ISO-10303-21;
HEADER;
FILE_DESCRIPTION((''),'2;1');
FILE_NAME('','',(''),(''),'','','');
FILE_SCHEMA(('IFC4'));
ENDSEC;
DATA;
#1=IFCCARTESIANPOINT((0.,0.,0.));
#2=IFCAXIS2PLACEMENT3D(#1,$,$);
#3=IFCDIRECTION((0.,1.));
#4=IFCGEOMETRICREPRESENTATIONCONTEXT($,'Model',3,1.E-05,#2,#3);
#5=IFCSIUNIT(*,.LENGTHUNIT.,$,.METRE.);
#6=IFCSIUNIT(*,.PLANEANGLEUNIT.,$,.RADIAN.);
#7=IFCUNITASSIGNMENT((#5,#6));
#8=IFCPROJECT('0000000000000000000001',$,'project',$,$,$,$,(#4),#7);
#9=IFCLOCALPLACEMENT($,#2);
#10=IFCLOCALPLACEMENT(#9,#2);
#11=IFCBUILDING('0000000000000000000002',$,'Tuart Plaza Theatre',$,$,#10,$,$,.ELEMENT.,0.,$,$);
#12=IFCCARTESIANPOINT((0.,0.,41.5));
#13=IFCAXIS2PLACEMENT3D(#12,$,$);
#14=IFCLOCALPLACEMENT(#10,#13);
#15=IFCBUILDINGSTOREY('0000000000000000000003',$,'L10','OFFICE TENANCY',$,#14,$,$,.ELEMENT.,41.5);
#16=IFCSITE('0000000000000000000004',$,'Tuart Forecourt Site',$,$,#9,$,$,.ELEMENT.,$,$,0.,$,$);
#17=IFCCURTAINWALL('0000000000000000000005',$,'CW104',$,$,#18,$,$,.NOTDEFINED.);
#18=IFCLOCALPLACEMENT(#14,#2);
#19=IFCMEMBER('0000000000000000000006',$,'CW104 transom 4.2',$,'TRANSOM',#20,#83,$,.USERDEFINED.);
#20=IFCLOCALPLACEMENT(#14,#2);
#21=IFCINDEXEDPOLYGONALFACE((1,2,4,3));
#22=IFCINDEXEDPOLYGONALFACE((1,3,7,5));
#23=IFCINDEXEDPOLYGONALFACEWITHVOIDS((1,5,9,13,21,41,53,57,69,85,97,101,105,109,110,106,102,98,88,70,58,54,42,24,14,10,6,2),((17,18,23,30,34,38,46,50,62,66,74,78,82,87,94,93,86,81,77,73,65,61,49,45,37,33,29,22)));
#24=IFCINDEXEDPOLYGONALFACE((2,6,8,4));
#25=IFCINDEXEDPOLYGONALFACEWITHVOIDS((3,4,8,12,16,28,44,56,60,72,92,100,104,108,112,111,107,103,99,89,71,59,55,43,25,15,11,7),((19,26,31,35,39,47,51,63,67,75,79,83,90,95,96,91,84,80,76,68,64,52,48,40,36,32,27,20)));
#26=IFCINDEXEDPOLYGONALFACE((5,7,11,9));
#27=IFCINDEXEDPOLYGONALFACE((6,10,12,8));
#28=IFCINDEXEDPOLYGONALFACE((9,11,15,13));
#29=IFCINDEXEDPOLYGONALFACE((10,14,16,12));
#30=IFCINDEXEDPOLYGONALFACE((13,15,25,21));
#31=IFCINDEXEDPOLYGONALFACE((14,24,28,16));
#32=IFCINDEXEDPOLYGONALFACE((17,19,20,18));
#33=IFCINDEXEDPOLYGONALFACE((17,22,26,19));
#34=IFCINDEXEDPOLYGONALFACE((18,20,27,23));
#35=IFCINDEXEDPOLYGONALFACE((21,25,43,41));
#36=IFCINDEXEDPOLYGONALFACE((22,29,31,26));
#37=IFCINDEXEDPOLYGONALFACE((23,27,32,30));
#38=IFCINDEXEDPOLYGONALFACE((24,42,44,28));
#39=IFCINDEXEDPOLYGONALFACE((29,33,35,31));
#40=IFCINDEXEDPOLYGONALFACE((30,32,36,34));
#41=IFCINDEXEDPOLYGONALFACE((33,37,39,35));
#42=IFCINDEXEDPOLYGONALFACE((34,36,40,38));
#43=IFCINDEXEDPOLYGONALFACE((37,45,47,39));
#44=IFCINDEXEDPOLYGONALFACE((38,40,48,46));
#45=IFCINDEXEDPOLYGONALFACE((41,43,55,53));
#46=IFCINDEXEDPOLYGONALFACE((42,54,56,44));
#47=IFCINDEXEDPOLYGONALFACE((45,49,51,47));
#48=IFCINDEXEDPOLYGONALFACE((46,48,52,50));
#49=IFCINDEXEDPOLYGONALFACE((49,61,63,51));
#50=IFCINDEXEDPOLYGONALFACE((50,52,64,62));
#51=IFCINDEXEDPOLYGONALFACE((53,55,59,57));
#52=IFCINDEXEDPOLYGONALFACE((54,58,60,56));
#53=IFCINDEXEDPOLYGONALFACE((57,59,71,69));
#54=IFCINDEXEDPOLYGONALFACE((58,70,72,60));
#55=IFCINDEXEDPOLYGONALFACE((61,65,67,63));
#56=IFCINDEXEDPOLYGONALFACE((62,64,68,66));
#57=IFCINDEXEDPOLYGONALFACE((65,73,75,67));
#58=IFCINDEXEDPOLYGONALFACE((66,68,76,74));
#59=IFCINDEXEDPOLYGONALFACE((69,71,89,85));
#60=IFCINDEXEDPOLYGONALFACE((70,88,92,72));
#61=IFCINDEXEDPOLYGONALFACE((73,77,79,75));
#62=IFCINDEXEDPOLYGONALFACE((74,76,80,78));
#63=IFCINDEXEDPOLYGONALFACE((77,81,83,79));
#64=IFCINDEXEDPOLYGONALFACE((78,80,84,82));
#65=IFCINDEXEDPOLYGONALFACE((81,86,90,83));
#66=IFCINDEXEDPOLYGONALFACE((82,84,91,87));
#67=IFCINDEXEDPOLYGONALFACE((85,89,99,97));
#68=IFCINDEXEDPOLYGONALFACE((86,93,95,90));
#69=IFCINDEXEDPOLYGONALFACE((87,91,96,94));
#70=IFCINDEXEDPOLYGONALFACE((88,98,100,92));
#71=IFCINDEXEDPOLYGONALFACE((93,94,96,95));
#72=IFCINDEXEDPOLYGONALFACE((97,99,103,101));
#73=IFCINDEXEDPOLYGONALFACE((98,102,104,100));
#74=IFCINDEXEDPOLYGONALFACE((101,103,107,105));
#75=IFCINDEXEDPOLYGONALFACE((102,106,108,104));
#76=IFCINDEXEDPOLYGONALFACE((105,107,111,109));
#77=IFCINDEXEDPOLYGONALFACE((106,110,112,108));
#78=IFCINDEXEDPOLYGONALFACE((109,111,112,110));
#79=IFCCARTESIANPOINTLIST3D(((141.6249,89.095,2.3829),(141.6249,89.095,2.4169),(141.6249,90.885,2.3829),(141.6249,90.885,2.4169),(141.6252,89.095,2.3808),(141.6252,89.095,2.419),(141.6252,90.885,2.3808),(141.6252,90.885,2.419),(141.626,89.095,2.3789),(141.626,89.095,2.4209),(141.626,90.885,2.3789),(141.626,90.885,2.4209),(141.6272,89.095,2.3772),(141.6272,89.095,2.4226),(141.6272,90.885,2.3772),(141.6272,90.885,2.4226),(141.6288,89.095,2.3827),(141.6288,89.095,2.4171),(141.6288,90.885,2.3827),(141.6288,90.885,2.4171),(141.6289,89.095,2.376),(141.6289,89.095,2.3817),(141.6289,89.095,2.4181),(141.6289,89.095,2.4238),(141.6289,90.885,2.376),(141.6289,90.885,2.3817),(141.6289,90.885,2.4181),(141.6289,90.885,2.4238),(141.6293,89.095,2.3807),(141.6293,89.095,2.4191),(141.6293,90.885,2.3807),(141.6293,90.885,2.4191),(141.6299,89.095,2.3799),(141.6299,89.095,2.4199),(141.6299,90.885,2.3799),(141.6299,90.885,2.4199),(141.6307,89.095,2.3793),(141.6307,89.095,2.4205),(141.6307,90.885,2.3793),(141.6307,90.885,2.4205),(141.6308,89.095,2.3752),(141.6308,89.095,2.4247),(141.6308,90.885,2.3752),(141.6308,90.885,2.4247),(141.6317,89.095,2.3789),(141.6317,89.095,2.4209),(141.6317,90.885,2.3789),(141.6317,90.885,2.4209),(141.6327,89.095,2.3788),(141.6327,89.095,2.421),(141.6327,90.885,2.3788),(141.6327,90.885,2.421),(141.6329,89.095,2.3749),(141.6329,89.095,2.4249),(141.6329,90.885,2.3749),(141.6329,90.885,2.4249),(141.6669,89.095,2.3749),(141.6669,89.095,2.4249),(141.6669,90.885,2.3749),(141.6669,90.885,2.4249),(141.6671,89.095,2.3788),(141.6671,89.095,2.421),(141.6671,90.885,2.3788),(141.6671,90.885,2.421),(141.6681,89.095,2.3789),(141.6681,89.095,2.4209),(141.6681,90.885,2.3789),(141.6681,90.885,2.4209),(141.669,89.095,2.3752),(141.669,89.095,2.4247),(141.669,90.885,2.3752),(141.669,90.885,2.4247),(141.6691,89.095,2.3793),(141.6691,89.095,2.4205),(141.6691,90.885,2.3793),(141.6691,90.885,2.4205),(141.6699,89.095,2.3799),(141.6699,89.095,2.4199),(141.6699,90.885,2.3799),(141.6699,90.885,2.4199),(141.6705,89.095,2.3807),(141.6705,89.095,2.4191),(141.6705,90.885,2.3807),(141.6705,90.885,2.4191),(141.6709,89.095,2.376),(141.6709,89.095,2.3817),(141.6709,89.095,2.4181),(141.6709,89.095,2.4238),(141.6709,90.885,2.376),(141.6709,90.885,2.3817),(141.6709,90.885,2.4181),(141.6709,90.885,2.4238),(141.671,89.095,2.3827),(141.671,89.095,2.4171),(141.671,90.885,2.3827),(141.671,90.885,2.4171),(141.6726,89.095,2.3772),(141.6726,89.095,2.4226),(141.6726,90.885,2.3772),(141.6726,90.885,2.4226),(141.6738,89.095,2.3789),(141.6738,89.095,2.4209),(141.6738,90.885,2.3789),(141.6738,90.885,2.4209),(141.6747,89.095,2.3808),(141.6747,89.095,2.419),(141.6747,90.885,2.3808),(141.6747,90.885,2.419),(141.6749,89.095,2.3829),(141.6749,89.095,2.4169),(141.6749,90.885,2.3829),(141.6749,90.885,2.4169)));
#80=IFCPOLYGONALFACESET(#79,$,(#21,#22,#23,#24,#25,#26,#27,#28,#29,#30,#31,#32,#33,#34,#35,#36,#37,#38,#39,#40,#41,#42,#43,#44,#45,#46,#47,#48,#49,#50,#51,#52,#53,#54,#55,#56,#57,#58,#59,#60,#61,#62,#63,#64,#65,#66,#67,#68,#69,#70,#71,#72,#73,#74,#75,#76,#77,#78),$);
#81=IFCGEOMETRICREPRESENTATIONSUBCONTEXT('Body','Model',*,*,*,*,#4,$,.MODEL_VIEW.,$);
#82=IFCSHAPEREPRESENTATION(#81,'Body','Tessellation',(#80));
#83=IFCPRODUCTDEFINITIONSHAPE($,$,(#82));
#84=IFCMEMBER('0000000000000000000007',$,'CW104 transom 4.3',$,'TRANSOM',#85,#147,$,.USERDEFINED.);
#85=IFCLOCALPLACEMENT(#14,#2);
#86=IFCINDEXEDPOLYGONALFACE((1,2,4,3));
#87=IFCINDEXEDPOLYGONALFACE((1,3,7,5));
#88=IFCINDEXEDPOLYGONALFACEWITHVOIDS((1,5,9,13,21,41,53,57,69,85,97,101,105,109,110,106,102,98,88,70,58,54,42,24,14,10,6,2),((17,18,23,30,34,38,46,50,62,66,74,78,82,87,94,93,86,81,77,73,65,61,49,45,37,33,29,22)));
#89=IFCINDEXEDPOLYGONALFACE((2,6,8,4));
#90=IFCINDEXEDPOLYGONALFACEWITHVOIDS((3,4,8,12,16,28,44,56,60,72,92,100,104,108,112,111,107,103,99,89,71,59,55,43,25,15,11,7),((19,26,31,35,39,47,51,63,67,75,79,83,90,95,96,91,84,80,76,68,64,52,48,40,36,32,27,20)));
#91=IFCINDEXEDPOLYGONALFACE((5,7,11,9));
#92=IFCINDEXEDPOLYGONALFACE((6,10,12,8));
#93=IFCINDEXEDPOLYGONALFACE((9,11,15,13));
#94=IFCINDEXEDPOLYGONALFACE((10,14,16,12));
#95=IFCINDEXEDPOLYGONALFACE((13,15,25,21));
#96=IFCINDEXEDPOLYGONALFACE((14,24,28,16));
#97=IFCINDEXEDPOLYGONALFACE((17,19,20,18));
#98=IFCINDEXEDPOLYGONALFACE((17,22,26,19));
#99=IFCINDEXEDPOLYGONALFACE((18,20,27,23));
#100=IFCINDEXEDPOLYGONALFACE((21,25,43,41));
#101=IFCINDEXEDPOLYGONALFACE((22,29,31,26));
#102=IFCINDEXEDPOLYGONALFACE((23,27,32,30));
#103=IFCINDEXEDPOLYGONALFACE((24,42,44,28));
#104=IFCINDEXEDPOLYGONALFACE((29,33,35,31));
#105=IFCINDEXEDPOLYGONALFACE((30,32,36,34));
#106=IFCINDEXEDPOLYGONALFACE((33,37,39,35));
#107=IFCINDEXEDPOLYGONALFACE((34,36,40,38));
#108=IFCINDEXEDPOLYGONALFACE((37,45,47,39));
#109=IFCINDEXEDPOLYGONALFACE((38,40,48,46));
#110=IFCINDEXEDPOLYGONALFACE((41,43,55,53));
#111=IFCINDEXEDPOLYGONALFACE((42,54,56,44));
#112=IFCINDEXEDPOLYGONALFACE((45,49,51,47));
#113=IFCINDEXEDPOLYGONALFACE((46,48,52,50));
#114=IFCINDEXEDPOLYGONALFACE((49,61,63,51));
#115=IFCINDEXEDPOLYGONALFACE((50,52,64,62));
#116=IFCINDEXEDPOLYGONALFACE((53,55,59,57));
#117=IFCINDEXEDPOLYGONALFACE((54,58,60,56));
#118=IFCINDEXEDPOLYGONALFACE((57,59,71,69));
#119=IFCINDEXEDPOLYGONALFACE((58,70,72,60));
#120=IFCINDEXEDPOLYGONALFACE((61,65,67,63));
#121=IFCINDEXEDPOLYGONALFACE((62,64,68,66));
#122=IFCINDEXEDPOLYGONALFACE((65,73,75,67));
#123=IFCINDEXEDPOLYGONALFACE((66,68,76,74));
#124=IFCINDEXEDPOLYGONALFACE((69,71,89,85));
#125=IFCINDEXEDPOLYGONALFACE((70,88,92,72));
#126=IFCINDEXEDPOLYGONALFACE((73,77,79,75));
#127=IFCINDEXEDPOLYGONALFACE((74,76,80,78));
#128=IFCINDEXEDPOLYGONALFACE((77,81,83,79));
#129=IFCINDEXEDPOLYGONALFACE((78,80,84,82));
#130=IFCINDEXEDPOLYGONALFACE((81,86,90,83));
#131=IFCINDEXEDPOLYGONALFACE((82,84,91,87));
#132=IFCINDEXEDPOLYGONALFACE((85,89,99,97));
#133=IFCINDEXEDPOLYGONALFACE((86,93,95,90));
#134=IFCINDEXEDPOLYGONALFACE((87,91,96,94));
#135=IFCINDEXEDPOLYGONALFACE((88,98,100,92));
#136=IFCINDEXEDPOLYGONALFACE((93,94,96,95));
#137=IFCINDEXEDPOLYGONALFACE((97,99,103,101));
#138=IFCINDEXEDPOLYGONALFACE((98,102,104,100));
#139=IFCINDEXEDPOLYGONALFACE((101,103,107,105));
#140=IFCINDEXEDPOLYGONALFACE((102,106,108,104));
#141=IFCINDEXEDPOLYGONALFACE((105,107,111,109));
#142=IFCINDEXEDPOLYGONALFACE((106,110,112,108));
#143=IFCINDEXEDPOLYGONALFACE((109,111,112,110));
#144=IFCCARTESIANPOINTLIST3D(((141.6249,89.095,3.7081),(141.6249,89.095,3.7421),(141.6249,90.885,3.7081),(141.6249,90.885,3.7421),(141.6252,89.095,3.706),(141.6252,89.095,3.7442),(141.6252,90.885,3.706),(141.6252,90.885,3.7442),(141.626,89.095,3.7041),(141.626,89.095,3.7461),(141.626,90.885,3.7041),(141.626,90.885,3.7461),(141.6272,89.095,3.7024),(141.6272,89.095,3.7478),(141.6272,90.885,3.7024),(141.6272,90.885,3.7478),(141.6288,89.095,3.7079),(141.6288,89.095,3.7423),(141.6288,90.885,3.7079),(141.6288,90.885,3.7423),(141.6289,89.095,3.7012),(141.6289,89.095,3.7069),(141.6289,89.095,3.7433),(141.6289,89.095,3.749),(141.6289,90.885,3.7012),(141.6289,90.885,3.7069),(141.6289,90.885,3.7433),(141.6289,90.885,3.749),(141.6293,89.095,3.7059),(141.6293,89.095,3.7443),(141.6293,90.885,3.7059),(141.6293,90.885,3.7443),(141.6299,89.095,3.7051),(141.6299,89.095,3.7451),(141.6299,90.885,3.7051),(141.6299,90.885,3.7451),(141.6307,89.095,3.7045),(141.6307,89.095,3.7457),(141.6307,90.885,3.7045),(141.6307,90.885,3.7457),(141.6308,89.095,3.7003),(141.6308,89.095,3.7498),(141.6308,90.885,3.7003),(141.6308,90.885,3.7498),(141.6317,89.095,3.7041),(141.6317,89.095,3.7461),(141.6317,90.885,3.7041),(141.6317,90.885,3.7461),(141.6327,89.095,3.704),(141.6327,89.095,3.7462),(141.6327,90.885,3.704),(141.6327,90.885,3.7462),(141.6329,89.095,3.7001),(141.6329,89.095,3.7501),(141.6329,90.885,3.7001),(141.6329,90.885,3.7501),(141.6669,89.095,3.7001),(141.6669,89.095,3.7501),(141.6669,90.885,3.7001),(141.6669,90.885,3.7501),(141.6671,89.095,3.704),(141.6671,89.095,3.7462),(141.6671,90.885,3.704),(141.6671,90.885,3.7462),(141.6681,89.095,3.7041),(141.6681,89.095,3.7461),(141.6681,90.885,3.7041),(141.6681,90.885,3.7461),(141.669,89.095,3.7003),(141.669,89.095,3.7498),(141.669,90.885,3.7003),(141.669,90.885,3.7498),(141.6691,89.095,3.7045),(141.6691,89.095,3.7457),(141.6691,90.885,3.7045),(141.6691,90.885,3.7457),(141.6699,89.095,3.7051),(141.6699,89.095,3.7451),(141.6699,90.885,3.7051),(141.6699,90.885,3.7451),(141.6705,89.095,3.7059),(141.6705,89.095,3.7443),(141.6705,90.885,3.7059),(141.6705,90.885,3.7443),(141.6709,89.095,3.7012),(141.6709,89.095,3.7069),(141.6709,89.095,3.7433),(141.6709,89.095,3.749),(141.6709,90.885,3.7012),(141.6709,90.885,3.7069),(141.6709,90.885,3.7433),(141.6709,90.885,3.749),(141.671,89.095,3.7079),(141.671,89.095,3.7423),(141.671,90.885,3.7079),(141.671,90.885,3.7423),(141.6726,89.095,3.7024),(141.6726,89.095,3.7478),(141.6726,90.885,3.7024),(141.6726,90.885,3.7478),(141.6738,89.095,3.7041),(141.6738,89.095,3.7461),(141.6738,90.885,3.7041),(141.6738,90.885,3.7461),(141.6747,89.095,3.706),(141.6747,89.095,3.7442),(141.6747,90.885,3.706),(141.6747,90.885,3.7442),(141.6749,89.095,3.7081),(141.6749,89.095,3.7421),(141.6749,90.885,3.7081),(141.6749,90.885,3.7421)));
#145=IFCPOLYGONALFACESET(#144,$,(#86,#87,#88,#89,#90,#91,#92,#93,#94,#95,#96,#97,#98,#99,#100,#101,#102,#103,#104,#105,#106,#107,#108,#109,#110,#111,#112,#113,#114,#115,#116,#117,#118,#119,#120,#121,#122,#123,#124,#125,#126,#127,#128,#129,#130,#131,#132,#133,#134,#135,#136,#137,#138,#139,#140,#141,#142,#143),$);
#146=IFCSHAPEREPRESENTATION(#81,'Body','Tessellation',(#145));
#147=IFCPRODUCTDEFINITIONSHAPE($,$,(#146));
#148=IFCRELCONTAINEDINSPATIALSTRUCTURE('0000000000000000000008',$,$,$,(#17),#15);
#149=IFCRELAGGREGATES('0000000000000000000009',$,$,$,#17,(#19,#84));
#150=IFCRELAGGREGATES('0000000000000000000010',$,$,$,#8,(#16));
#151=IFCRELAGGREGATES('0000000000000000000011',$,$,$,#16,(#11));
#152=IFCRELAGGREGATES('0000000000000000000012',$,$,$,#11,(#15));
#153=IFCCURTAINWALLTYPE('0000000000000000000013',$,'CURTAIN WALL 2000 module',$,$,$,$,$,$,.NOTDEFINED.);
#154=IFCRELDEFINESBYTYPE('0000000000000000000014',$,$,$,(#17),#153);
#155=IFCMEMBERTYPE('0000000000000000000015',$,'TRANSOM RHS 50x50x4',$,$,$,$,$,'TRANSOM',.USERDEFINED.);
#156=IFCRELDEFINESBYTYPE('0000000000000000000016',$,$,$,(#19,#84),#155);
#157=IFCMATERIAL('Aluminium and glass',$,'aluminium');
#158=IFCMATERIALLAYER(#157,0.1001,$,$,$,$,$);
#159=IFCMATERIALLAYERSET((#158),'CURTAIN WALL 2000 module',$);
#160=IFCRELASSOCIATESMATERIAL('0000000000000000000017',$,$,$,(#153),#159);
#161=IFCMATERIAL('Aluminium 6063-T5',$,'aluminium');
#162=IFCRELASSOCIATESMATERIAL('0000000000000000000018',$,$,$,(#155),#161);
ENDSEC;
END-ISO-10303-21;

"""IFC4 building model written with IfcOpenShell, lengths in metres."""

from ifc_helpers import new_model, si_unit, direction, frame, origin, origin_2d, place, context, subcontext, project, spatial, hollow_rectangle, extrude, material, layer, layer_set, material_profile, profile_set, type_object, element, aggregate, save


model = new_model("IFC4")

# Units and contexts
model_context = context("Model", 3, precision=1e-05, world=origin(), true_north=direction((0.0, 1.0)))
body_context = subcontext(model_context, "Body", "Model", "MODEL_VIEW")
ifc_project = project(units=[si_unit("LENGTHUNIT", "METRE"), si_unit("PLANEANGLEUNIT", "RADIAN")], contexts=[model_context])

# Site, building, storey
site_placement = place(None, origin())
site = spatial("IfcSite", under=ifc_project, at=site_placement, Name="Tuart Forecourt Site", CompositionType="ELEMENT", RefElevation=0.0)
building_placement = place(site_placement, origin())
building = spatial("IfcBuilding", under=site, at=building_placement, Name="Tuart Plaza Theatre", CompositionType="ELEMENT", ElevationOfRefHeight=0.0)
storey_placement = place(building_placement, frame((0.0, 0.0, 41.5)))
storey = spatial("IfcBuildingStorey", under=building, at=storey_placement, Name="L10", Description="OFFICE TENANCY", CompositionType="ELEMENT", Elevation=41.5)

# Shared definitions
ifc_material_1 = material(Name="Aluminium and glass", Category="aluminium")
ifc_layer_1 = layer(ifc_material_1, 0.1001)
ifc_layer_set_1 = layer_set([ifc_layer_1], Name="CURTAIN WALL 2000 module")
curtain_wall_type = type_object("IfcCurtainWallType", Name="CURTAIN WALL 2000 module", PredefinedType="NOTDEFINED", material=ifc_layer_set_1)

# Curtain wall
curtain_wall_1_placement = place(storey_placement, origin())
curtain_wall_1 = element("IfcCurtainWall", 1, at=curtain_wall_1_placement, inside=storey, type_object=curtain_wall_type, Name="CW104", PredefinedType="NOTDEFINED")

# Members
ifc_material_2 = material(Name="Aluminium 6063-T5", Category="aluminium")
ifc_material_profile_1 = material_profile(ifc_material_2, hollow_rectangle(XDim=0.05, YDim=0.05, WallThickness=0.0039, InnerFilletRadius=0.0039, OuterFilletRadius=0.0081, at=origin_2d()), Name="RHS 50x50x4")
ifc_profile_set_1 = profile_set([ifc_material_profile_1], Name="Aluminium 6063-T5")
member_type_1 = type_object("IfcMemberType", Name="TRANSOM RHS 50x50x4", ElementType="TRANSOM", PredefinedType="USERDEFINED", material=ifc_profile_set_1)
member_1_placement = place(storey_placement, frame((141.6499, 89.095, 2.3999), z_axis=(0.0, 1.0, 0.0), x_axis=(-1.0, 0.0, 0.0)))
member_1 = element("IfcMember", 2, at=member_1_placement, type_object=member_type_1, Name="CW104 transom 4.2", ObjectType="TRANSOM", PredefinedType="USERDEFINED", context=body_context, shape_type="SweptSolid", body=[
    extrude(hollow_rectangle(XDim=0.05, YDim=0.05, WallThickness=0.0039, InnerFilletRadius=0.0039, OuterFilletRadius=0.0081, at=origin_2d()), origin(), (0.0, 0.0, 1.0), 1.79),
])
member_2_placement = place(storey_placement, frame((141.6499, 89.095, 3.7251), z_axis=(0.0, 1.0, 0.0), x_axis=(-1.0, 0.0, 0.0)))
member_2 = element("IfcMember", 3, at=member_2_placement, type_object=member_type_1, Name="CW104 transom 4.3", ObjectType="TRANSOM", PredefinedType="USERDEFINED", context=body_context, shape_type="SweptSolid", body=[
    extrude(hollow_rectangle(XDim=0.05, YDim=0.05, WallThickness=0.0039, InnerFilletRadius=0.0039, OuterFilletRadius=0.0081, at=origin_2d()), origin(), (0.0, 0.0, 1.0), 1.79),
])

aggregate(curtain_wall_1, [member_1, member_2])

save(model, "model.ifc")
